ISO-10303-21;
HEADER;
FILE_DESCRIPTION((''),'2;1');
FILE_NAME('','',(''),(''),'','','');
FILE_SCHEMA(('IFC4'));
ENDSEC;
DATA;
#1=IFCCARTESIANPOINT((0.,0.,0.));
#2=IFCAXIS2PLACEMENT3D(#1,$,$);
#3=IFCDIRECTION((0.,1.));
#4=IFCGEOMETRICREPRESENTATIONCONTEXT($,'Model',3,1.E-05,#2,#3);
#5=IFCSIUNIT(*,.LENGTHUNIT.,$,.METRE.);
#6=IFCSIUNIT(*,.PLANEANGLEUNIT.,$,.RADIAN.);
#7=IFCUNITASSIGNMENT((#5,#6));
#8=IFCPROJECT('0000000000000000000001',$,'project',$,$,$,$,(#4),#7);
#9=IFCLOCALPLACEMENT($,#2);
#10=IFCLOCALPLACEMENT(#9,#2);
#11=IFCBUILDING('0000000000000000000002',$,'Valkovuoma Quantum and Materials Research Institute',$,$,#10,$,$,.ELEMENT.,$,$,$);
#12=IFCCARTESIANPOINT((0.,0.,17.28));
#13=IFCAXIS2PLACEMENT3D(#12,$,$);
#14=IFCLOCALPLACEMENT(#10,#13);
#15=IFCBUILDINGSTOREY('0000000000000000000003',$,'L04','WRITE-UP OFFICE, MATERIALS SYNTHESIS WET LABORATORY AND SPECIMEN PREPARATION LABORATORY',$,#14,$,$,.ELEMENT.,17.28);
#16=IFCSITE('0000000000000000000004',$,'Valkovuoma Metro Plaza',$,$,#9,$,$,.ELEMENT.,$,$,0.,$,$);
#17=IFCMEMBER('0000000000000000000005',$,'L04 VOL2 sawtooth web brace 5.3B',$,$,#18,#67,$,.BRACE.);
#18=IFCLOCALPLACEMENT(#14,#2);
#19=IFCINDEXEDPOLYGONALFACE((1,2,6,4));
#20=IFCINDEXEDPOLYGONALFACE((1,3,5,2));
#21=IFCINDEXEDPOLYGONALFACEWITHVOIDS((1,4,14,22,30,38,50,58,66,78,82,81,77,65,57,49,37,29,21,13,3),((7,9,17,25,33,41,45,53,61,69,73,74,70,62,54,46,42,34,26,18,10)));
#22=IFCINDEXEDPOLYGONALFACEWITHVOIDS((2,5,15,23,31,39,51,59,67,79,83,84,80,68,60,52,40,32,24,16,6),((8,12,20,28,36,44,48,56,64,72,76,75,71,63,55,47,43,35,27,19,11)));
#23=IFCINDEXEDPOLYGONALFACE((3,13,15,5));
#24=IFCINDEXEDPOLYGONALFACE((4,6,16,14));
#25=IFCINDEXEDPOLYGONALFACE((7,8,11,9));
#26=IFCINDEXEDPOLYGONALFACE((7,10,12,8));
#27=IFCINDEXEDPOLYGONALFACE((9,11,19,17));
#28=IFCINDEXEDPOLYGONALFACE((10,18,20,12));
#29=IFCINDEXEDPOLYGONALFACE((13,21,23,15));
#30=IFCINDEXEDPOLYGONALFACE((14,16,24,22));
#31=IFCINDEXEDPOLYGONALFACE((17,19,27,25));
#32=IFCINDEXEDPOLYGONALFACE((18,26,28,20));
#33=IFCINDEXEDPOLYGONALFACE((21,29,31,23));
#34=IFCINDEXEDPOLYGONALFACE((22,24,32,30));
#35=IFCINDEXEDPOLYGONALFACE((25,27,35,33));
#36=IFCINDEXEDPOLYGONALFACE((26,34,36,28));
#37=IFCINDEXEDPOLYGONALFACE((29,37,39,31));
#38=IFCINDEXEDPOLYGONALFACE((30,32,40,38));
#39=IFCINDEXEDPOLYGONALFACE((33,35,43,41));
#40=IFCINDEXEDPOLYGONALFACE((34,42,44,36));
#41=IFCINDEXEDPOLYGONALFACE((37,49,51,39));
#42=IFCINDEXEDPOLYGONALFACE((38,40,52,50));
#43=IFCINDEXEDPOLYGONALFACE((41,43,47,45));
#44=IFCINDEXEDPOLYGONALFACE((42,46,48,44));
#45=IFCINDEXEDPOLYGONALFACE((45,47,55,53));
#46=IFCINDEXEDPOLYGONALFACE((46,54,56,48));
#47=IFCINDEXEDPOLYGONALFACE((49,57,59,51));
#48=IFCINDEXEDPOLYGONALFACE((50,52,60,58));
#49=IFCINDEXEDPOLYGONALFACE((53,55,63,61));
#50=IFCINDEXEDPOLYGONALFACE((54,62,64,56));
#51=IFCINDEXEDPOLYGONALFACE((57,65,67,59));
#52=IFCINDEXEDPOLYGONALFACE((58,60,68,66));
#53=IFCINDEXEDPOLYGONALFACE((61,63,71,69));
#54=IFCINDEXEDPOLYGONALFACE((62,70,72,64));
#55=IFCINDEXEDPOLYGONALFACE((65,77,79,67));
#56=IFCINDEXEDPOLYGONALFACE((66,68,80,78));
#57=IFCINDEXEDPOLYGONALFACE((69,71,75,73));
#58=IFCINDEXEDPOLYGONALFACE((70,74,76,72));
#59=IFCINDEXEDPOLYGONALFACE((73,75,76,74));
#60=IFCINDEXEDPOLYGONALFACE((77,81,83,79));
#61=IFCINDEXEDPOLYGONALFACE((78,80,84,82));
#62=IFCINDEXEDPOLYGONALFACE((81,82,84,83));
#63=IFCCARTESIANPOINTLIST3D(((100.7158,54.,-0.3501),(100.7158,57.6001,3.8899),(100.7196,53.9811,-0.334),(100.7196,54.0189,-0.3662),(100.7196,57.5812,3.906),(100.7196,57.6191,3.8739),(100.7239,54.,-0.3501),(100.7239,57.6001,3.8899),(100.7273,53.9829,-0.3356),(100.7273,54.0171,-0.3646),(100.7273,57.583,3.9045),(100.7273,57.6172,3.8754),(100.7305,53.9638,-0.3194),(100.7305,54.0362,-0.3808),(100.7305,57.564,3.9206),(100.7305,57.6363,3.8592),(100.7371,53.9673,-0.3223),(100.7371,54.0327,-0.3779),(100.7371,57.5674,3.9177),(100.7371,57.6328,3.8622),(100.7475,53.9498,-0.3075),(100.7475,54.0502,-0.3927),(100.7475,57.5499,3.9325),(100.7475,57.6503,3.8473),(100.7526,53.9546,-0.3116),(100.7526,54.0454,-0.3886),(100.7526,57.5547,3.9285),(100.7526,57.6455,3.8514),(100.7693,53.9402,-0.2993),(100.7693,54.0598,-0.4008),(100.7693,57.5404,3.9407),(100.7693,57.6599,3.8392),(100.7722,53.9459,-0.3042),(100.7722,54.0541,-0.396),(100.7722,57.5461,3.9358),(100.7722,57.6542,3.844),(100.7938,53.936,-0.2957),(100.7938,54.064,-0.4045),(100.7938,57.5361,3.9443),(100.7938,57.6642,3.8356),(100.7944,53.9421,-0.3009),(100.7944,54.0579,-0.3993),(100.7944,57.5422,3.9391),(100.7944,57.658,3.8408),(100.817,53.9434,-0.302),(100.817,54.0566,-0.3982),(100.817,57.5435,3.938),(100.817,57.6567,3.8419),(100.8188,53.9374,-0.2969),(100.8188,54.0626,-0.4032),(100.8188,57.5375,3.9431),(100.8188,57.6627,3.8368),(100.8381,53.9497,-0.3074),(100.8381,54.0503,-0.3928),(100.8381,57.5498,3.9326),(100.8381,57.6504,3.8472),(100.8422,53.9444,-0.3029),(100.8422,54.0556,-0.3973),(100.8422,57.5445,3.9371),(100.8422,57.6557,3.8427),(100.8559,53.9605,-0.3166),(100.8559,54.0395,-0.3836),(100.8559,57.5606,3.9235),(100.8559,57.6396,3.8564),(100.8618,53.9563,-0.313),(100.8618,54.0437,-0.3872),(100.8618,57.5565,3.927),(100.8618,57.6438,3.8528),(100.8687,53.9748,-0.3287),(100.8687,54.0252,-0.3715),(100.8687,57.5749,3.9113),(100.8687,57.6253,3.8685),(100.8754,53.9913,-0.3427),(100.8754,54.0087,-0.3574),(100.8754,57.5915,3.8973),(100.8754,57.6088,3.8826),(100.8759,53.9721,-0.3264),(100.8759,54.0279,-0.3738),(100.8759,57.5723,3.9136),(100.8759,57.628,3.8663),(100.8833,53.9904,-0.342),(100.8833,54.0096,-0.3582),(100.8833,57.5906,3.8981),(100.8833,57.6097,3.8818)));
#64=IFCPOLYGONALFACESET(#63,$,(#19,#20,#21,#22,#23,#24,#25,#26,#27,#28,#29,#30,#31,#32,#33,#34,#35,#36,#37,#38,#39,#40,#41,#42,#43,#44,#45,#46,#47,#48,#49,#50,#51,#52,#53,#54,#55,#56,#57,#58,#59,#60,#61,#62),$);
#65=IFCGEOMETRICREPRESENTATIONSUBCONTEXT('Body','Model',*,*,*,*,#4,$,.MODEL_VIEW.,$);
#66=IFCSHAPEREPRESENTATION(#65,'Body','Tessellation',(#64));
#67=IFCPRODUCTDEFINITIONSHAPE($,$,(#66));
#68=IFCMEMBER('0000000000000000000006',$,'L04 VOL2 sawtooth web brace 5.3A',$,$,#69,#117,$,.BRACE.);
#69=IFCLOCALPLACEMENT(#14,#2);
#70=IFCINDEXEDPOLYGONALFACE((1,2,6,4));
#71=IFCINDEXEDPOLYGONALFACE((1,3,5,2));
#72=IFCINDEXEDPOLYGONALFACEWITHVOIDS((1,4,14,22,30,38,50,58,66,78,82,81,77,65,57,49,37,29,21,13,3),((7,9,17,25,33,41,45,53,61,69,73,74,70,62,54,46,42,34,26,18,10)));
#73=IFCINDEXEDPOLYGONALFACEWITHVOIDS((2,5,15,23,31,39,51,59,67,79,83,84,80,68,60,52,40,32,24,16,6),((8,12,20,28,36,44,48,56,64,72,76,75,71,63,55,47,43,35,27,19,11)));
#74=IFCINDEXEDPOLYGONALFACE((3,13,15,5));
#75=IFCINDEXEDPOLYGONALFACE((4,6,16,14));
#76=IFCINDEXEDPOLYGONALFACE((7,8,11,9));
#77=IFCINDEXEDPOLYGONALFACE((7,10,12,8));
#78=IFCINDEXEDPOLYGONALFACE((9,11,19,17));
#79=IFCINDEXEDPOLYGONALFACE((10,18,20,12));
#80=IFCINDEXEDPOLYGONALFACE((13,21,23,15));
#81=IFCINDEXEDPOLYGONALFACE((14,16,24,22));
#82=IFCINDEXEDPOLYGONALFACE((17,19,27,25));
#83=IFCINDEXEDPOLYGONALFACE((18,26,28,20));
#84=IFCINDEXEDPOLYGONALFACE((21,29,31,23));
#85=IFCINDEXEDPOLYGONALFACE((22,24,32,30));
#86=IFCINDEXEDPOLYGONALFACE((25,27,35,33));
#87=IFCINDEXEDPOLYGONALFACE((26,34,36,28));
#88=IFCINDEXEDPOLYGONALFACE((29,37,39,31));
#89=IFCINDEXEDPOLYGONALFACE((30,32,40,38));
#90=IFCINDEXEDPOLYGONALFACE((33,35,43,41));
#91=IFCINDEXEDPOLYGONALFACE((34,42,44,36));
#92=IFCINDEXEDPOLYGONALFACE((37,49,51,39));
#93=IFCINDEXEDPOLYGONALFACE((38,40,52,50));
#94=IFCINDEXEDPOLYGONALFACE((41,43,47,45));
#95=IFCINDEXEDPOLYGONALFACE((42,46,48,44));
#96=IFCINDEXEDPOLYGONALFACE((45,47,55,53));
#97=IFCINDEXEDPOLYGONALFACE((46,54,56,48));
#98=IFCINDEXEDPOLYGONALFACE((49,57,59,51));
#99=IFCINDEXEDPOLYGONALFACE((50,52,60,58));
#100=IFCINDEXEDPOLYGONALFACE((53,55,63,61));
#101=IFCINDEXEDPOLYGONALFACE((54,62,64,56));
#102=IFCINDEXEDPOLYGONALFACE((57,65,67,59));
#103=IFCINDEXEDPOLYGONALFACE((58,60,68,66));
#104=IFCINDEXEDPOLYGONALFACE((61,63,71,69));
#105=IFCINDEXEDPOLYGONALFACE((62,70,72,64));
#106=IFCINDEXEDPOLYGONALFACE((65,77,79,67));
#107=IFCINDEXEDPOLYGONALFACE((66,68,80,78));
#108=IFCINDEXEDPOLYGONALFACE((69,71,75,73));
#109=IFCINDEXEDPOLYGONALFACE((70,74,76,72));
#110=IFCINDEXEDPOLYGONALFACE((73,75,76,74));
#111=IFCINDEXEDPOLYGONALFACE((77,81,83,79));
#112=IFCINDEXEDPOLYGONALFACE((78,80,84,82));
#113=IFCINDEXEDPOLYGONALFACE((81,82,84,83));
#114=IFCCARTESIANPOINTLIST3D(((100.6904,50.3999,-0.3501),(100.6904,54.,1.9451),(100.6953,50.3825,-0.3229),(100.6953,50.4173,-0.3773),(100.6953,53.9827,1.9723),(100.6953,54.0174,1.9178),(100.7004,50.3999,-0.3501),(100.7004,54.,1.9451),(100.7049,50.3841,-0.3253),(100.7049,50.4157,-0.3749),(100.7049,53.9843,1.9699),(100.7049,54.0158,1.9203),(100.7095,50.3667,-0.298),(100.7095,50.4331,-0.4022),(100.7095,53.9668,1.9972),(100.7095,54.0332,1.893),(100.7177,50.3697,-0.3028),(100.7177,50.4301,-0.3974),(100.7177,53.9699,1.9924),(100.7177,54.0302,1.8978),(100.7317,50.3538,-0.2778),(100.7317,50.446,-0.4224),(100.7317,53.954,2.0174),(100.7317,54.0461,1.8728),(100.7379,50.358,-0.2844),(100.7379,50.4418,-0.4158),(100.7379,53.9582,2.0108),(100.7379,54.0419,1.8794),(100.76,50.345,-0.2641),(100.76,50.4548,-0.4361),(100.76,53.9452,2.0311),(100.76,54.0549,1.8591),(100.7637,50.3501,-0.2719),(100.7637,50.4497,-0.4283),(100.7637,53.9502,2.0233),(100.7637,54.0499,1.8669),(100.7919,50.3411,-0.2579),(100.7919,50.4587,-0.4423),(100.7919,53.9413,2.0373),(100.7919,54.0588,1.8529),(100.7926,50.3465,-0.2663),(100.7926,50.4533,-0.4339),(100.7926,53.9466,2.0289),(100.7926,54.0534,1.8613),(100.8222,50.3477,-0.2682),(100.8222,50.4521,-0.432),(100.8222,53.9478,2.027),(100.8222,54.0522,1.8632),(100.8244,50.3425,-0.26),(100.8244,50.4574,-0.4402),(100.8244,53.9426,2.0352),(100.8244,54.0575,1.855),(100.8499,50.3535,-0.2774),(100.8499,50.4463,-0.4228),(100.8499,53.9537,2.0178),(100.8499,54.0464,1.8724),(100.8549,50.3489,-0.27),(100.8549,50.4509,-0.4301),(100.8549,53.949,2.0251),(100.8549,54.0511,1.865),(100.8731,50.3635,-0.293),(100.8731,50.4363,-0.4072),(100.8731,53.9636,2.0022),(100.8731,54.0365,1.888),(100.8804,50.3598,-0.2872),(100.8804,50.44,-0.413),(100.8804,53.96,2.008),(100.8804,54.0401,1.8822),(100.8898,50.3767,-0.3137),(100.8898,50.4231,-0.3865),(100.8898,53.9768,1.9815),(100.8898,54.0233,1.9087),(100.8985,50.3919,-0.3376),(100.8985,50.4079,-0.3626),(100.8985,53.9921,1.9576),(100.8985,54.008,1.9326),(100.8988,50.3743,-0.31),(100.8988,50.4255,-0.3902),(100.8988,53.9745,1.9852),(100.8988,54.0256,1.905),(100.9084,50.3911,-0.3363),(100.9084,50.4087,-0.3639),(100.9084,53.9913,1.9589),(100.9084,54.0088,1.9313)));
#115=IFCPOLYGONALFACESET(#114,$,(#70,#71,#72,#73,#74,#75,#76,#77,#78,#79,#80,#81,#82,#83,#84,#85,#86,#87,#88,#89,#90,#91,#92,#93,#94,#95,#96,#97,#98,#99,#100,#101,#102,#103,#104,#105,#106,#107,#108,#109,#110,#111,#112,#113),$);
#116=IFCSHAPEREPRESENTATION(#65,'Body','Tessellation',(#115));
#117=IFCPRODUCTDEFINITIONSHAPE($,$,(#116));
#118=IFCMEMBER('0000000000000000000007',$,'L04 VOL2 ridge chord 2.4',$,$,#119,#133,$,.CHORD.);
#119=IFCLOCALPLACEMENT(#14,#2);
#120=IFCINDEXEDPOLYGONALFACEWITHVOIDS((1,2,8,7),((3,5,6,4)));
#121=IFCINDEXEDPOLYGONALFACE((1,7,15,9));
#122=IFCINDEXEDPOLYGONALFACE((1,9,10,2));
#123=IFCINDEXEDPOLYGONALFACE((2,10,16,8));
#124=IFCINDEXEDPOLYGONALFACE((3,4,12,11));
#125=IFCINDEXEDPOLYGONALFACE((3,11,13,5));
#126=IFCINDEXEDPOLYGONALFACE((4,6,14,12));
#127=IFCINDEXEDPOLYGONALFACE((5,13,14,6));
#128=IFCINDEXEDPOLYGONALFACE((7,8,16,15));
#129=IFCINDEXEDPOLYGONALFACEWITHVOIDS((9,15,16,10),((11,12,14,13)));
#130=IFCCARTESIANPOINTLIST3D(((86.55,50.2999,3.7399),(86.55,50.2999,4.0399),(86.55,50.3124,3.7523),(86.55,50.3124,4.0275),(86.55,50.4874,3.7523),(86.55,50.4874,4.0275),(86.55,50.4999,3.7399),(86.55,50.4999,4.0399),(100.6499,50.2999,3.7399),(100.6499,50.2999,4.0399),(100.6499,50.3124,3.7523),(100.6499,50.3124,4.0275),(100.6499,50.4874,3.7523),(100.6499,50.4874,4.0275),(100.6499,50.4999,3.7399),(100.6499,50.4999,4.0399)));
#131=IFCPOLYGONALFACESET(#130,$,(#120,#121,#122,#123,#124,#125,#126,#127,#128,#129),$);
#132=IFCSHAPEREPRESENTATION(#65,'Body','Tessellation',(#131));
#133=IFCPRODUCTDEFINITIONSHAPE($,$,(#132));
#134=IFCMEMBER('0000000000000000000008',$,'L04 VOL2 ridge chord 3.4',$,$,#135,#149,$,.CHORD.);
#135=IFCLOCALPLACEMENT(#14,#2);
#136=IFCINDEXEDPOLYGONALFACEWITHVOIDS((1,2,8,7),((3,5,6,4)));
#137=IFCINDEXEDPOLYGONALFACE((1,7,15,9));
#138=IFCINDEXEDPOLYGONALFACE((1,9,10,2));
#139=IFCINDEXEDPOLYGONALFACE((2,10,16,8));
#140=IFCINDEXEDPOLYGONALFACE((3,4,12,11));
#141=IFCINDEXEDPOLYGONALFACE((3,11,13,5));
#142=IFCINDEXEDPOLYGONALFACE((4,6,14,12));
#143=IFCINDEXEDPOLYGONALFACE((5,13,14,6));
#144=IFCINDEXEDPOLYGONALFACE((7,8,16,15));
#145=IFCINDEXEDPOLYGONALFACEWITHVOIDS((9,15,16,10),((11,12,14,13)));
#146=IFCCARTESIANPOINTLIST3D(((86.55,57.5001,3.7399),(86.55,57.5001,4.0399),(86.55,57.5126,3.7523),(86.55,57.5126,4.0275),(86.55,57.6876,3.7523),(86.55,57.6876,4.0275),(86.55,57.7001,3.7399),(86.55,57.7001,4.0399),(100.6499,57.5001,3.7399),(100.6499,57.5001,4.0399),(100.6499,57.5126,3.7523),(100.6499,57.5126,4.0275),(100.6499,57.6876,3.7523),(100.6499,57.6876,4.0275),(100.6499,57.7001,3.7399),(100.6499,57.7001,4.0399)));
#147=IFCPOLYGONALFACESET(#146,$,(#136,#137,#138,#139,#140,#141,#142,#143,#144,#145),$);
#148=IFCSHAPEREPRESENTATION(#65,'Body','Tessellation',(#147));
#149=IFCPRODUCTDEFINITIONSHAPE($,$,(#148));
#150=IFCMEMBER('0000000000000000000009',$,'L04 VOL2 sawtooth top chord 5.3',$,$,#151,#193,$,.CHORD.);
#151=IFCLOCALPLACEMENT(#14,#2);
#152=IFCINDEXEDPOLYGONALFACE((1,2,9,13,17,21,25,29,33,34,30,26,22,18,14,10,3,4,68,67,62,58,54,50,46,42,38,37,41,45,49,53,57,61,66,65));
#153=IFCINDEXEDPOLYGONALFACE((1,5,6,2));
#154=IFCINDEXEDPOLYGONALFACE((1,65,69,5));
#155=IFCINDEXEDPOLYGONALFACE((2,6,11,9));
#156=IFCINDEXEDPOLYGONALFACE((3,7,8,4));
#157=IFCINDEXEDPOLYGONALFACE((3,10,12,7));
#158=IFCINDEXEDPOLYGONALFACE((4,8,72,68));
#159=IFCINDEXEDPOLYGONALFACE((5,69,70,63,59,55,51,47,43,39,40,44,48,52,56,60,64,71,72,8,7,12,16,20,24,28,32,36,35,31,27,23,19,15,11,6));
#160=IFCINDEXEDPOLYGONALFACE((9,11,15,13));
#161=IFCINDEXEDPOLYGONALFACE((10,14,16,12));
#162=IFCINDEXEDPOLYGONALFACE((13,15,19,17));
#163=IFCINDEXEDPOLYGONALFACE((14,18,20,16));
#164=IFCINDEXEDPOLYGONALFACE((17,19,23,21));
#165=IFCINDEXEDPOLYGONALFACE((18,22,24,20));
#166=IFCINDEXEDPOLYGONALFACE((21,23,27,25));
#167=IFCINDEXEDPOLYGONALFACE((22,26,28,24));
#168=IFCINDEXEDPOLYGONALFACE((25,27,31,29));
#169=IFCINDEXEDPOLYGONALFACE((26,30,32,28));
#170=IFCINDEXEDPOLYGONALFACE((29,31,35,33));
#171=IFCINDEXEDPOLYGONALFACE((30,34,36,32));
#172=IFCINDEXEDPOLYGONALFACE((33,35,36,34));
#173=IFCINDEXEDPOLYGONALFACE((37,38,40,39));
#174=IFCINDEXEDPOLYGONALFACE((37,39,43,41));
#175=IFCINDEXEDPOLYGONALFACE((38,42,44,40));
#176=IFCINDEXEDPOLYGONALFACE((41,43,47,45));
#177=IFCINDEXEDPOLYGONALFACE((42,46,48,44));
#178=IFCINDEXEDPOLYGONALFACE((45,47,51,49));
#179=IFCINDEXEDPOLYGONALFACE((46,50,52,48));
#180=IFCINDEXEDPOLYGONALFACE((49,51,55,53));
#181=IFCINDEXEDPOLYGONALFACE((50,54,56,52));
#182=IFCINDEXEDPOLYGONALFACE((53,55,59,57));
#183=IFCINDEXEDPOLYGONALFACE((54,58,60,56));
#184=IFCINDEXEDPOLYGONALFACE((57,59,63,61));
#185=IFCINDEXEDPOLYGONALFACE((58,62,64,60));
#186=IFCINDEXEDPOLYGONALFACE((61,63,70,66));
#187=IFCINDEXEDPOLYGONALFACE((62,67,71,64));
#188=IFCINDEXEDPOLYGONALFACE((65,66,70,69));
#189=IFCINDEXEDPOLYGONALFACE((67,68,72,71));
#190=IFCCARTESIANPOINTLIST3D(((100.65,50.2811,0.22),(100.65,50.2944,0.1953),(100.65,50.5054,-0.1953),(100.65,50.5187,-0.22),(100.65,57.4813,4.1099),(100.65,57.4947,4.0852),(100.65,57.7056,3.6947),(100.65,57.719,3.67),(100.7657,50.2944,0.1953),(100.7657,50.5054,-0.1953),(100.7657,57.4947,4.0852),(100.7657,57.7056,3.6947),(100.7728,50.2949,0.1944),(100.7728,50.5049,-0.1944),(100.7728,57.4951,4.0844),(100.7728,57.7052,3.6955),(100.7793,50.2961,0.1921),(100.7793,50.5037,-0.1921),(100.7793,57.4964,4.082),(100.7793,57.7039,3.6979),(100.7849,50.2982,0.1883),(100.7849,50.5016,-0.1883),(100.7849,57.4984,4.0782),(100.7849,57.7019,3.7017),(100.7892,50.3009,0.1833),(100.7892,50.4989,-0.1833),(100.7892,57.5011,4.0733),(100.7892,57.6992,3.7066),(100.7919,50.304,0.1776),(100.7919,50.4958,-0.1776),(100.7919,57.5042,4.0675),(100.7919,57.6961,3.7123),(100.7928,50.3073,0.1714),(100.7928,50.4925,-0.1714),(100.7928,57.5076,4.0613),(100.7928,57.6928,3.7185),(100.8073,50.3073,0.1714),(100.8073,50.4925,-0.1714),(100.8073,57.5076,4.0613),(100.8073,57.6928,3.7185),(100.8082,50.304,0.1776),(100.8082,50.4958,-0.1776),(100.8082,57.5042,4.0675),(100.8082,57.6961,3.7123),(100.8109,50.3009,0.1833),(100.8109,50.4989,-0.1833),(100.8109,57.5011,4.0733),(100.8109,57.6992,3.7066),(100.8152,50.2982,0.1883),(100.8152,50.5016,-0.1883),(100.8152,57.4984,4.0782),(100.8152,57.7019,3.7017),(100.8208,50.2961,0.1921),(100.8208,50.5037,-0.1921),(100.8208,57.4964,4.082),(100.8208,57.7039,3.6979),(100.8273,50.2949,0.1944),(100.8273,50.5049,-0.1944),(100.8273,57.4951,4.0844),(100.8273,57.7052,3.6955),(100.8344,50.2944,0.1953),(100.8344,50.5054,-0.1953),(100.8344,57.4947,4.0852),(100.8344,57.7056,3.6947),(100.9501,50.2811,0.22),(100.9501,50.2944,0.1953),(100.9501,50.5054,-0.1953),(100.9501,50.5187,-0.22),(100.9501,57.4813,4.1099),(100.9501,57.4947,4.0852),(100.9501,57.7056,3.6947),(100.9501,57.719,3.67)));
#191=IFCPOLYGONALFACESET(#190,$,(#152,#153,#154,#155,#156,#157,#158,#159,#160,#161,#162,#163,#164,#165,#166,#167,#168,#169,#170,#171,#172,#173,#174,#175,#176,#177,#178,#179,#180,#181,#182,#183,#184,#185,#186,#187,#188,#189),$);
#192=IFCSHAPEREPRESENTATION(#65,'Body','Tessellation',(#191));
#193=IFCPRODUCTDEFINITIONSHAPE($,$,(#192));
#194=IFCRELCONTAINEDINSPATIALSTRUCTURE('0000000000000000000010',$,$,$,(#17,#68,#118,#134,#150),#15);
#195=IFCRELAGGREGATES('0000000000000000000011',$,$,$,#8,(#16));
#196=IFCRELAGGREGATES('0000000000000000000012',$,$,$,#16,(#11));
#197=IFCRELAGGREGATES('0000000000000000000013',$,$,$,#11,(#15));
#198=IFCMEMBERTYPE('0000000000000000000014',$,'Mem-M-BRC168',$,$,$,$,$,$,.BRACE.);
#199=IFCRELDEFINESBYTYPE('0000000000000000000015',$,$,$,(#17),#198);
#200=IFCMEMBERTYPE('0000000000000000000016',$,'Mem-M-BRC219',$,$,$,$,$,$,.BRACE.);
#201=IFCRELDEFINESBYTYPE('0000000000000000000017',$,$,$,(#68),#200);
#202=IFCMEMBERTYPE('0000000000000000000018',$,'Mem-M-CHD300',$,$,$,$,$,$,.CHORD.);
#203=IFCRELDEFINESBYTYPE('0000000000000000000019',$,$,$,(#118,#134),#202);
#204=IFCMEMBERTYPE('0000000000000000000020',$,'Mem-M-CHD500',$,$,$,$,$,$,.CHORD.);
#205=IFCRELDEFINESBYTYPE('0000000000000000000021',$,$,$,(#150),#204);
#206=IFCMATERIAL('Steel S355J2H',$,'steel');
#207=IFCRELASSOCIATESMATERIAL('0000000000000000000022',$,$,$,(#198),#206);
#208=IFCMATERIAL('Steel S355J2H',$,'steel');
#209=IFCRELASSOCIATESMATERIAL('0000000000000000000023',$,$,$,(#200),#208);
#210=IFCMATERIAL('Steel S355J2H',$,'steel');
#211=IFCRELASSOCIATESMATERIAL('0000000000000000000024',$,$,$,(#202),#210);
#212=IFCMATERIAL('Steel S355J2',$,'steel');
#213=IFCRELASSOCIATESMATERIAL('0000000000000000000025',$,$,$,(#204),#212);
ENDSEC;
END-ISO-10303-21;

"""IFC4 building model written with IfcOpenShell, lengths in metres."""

from ifc_helpers import new_model, si_unit, direction, frame, origin, origin_2d, place, context, subcontext, project, spatial, hollow_rectangle, hollow_circle, i_section, extrude, material, material_profile, profile_set, type_object, element, save


model = new_model("IFC4")

# Units and contexts
model_context = context("Model", 3, precision=1e-05, world=origin(), true_north=direction((0.0, 1.0)))
body_context = subcontext(model_context, "Body", "Model", "MODEL_VIEW")
ifc_project = project(units=[si_unit("LENGTHUNIT", "METRE"), si_unit("PLANEANGLEUNIT", "RADIAN")], contexts=[model_context])

# Site, building, storey
site_placement = place(None, origin())
site = spatial("IfcSite", under=ifc_project, at=site_placement, Name="Valkovuoma Metro Plaza", CompositionType="ELEMENT", RefElevation=0.0)
building_placement = place(site_placement, origin())
building = spatial("IfcBuilding", under=site, at=building_placement, Name="Valkovuoma Quantum and Materials Research Institute", CompositionType="ELEMENT")
storey_placement = place(building_placement, frame((0.0, 0.0, 17.28)))
storey = spatial("IfcBuildingStorey", under=building, at=storey_placement, Name="L04", Description="WRITE-UP OFFICE, MATERIALS SYNTHESIS WET LABORATORY AND SPECIMEN PREPARATION LABORATORY", CompositionType="ELEMENT", Elevation=17.28)

# Members
ifc_material_1 = material(Name="Steel S355J2H", Category="steel")
ifc_material_profile_1 = material_profile(ifc_material_1, hollow_circle(Radius=0.0842, WallThickness=0.0081, at=origin_2d()), Name="Steel S355J2H")
ifc_profile_set_1 = profile_set([ifc_material_profile_1], Name="Steel S355J2H")
member_type_1 = type_object("IfcMemberType", Name="Mem-M-BRC168", PredefinedType="BRACE", material=ifc_profile_set_1)
member_1_placement = place(storey_placement, frame((100.8, 54.0, -0.3501), z_axis=(0.0, 0.647242, 0.762285), x_axis=(-1.0, 0.0, 0.0)))
element("IfcMember", 1, at=member_1_placement, inside=storey, type_object=member_type_1, Name="L04 VOL2 sawtooth web brace 5.3B", PredefinedType="BRACE", context=body_context, shape_type="SweptSolid", body=[
    extrude(hollow_circle(Radius=0.0842, WallThickness=0.0081, at=origin_2d()), origin(), (0.0, 0.0, 1.0), 5.5623),
])
ifc_material_2 = material(Name="Steel S355J2H", Category="steel")
ifc_material_profile_2 = material_profile(ifc_material_2, hollow_circle(Radius=0.1096, WallThickness=0.01, at=origin_2d()), Name="Steel S355J2H")
ifc_profile_set_2 = profile_set([ifc_material_profile_2], Name="Steel S355J2H")
member_type_2 = type_object("IfcMemberType", Name="Mem-M-BRC219", PredefinedType="BRACE", material=ifc_profile_set_2)
member_2_placement = place(storey_placement, frame((100.8, 50.3999, -0.3501), z_axis=(0.0, 0.843216, 0.537575), x_axis=(-1.0, 0.0, 0.0)))
element("IfcMember", 2, at=member_2_placement, inside=storey, type_object=member_type_2, Name="L04 VOL2 sawtooth web brace 5.3A", PredefinedType="BRACE", context=body_context, shape_type="SweptSolid", body=[
    extrude(hollow_circle(Radius=0.1096, WallThickness=0.01, at=origin_2d()), origin(), (0.0, 0.0, 1.0), 4.2695),
])
ifc_material_3 = material(Name="Steel S355J2H", Category="steel")
ifc_material_profile_3 = material_profile(ifc_material_3, hollow_rectangle(XDim=0.2, YDim=0.3, WallThickness=0.0125, at=origin_2d()), Name="Steel S355J2H")
ifc_profile_set_3 = profile_set([ifc_material_profile_3], Name="Steel S355J2H")
member_type_3 = type_object("IfcMemberType", Name="Mem-M-CHD300", PredefinedType="CHORD", material=ifc_profile_set_3)
for number, where, z_axis, x_axis, name in (
    (3, (86.55, 50.3999, 3.8899), (1.0, 0.0, 0.0), (0.0, 1.0, 0.0), "L04 VOL2 ridge chord 2.4"),
    (4, (86.55, 57.6001, 3.8899), (1.0, 0.0, 0.0), (0.0, 1.0, 0.0), "L04 VOL2 ridge chord 3.4"),
):
    element("IfcMember", number, at=place(storey_placement, frame(where, z_axis=z_axis, x_axis=x_axis)), inside=storey, type_object=member_type_3, Name=name, PredefinedType="CHORD", context=body_context, shape_type="SweptSolid", body=[
        extrude(hollow_rectangle(XDim=0.2, YDim=0.3, WallThickness=0.0125, at=origin_2d()), origin(), (0.0, 0.0, 1.0), 14.0999),
    ])
ifc_material_4 = material(Name="Steel S355J2", Category="steel")
ifc_material_profile_4 = material_profile(ifc_material_4, i_section(OverallWidth=0.3, OverallDepth=0.5, WebThickness=0.0144, FlangeThickness=0.0281, FilletRadius=0.0271, at=origin_2d()), Name="Steel S355J2")
ifc_profile_set_4 = profile_set([ifc_material_profile_4], Name="Steel S355J2")
member_type_4 = type_object("IfcMemberType", Name="Mem-M-CHD500", PredefinedType="CHORD", material=ifc_profile_set_4)
member_3_placement = place(storey_placement, frame((100.8, 50.3999, 0.0), z_axis=(0.0, 0.879814, 0.475318), x_axis=(-1.0, 0.0, 0.0)))
element("IfcMember", 5, at=member_3_placement, inside=storey, type_object=member_type_4, Name="L04 VOL2 sawtooth top chord 5.3", PredefinedType="CHORD", context=body_context, shape_type="SweptSolid", body=[
    extrude(i_section(OverallWidth=0.3, OverallDepth=0.5, WebThickness=0.0144, FlangeThickness=0.0281, FilletRadius=0.0271, at=origin_2d()), origin(), (0.0, 0.0, 1.0), 8.1838),
])

save(model, "model.ifc")
